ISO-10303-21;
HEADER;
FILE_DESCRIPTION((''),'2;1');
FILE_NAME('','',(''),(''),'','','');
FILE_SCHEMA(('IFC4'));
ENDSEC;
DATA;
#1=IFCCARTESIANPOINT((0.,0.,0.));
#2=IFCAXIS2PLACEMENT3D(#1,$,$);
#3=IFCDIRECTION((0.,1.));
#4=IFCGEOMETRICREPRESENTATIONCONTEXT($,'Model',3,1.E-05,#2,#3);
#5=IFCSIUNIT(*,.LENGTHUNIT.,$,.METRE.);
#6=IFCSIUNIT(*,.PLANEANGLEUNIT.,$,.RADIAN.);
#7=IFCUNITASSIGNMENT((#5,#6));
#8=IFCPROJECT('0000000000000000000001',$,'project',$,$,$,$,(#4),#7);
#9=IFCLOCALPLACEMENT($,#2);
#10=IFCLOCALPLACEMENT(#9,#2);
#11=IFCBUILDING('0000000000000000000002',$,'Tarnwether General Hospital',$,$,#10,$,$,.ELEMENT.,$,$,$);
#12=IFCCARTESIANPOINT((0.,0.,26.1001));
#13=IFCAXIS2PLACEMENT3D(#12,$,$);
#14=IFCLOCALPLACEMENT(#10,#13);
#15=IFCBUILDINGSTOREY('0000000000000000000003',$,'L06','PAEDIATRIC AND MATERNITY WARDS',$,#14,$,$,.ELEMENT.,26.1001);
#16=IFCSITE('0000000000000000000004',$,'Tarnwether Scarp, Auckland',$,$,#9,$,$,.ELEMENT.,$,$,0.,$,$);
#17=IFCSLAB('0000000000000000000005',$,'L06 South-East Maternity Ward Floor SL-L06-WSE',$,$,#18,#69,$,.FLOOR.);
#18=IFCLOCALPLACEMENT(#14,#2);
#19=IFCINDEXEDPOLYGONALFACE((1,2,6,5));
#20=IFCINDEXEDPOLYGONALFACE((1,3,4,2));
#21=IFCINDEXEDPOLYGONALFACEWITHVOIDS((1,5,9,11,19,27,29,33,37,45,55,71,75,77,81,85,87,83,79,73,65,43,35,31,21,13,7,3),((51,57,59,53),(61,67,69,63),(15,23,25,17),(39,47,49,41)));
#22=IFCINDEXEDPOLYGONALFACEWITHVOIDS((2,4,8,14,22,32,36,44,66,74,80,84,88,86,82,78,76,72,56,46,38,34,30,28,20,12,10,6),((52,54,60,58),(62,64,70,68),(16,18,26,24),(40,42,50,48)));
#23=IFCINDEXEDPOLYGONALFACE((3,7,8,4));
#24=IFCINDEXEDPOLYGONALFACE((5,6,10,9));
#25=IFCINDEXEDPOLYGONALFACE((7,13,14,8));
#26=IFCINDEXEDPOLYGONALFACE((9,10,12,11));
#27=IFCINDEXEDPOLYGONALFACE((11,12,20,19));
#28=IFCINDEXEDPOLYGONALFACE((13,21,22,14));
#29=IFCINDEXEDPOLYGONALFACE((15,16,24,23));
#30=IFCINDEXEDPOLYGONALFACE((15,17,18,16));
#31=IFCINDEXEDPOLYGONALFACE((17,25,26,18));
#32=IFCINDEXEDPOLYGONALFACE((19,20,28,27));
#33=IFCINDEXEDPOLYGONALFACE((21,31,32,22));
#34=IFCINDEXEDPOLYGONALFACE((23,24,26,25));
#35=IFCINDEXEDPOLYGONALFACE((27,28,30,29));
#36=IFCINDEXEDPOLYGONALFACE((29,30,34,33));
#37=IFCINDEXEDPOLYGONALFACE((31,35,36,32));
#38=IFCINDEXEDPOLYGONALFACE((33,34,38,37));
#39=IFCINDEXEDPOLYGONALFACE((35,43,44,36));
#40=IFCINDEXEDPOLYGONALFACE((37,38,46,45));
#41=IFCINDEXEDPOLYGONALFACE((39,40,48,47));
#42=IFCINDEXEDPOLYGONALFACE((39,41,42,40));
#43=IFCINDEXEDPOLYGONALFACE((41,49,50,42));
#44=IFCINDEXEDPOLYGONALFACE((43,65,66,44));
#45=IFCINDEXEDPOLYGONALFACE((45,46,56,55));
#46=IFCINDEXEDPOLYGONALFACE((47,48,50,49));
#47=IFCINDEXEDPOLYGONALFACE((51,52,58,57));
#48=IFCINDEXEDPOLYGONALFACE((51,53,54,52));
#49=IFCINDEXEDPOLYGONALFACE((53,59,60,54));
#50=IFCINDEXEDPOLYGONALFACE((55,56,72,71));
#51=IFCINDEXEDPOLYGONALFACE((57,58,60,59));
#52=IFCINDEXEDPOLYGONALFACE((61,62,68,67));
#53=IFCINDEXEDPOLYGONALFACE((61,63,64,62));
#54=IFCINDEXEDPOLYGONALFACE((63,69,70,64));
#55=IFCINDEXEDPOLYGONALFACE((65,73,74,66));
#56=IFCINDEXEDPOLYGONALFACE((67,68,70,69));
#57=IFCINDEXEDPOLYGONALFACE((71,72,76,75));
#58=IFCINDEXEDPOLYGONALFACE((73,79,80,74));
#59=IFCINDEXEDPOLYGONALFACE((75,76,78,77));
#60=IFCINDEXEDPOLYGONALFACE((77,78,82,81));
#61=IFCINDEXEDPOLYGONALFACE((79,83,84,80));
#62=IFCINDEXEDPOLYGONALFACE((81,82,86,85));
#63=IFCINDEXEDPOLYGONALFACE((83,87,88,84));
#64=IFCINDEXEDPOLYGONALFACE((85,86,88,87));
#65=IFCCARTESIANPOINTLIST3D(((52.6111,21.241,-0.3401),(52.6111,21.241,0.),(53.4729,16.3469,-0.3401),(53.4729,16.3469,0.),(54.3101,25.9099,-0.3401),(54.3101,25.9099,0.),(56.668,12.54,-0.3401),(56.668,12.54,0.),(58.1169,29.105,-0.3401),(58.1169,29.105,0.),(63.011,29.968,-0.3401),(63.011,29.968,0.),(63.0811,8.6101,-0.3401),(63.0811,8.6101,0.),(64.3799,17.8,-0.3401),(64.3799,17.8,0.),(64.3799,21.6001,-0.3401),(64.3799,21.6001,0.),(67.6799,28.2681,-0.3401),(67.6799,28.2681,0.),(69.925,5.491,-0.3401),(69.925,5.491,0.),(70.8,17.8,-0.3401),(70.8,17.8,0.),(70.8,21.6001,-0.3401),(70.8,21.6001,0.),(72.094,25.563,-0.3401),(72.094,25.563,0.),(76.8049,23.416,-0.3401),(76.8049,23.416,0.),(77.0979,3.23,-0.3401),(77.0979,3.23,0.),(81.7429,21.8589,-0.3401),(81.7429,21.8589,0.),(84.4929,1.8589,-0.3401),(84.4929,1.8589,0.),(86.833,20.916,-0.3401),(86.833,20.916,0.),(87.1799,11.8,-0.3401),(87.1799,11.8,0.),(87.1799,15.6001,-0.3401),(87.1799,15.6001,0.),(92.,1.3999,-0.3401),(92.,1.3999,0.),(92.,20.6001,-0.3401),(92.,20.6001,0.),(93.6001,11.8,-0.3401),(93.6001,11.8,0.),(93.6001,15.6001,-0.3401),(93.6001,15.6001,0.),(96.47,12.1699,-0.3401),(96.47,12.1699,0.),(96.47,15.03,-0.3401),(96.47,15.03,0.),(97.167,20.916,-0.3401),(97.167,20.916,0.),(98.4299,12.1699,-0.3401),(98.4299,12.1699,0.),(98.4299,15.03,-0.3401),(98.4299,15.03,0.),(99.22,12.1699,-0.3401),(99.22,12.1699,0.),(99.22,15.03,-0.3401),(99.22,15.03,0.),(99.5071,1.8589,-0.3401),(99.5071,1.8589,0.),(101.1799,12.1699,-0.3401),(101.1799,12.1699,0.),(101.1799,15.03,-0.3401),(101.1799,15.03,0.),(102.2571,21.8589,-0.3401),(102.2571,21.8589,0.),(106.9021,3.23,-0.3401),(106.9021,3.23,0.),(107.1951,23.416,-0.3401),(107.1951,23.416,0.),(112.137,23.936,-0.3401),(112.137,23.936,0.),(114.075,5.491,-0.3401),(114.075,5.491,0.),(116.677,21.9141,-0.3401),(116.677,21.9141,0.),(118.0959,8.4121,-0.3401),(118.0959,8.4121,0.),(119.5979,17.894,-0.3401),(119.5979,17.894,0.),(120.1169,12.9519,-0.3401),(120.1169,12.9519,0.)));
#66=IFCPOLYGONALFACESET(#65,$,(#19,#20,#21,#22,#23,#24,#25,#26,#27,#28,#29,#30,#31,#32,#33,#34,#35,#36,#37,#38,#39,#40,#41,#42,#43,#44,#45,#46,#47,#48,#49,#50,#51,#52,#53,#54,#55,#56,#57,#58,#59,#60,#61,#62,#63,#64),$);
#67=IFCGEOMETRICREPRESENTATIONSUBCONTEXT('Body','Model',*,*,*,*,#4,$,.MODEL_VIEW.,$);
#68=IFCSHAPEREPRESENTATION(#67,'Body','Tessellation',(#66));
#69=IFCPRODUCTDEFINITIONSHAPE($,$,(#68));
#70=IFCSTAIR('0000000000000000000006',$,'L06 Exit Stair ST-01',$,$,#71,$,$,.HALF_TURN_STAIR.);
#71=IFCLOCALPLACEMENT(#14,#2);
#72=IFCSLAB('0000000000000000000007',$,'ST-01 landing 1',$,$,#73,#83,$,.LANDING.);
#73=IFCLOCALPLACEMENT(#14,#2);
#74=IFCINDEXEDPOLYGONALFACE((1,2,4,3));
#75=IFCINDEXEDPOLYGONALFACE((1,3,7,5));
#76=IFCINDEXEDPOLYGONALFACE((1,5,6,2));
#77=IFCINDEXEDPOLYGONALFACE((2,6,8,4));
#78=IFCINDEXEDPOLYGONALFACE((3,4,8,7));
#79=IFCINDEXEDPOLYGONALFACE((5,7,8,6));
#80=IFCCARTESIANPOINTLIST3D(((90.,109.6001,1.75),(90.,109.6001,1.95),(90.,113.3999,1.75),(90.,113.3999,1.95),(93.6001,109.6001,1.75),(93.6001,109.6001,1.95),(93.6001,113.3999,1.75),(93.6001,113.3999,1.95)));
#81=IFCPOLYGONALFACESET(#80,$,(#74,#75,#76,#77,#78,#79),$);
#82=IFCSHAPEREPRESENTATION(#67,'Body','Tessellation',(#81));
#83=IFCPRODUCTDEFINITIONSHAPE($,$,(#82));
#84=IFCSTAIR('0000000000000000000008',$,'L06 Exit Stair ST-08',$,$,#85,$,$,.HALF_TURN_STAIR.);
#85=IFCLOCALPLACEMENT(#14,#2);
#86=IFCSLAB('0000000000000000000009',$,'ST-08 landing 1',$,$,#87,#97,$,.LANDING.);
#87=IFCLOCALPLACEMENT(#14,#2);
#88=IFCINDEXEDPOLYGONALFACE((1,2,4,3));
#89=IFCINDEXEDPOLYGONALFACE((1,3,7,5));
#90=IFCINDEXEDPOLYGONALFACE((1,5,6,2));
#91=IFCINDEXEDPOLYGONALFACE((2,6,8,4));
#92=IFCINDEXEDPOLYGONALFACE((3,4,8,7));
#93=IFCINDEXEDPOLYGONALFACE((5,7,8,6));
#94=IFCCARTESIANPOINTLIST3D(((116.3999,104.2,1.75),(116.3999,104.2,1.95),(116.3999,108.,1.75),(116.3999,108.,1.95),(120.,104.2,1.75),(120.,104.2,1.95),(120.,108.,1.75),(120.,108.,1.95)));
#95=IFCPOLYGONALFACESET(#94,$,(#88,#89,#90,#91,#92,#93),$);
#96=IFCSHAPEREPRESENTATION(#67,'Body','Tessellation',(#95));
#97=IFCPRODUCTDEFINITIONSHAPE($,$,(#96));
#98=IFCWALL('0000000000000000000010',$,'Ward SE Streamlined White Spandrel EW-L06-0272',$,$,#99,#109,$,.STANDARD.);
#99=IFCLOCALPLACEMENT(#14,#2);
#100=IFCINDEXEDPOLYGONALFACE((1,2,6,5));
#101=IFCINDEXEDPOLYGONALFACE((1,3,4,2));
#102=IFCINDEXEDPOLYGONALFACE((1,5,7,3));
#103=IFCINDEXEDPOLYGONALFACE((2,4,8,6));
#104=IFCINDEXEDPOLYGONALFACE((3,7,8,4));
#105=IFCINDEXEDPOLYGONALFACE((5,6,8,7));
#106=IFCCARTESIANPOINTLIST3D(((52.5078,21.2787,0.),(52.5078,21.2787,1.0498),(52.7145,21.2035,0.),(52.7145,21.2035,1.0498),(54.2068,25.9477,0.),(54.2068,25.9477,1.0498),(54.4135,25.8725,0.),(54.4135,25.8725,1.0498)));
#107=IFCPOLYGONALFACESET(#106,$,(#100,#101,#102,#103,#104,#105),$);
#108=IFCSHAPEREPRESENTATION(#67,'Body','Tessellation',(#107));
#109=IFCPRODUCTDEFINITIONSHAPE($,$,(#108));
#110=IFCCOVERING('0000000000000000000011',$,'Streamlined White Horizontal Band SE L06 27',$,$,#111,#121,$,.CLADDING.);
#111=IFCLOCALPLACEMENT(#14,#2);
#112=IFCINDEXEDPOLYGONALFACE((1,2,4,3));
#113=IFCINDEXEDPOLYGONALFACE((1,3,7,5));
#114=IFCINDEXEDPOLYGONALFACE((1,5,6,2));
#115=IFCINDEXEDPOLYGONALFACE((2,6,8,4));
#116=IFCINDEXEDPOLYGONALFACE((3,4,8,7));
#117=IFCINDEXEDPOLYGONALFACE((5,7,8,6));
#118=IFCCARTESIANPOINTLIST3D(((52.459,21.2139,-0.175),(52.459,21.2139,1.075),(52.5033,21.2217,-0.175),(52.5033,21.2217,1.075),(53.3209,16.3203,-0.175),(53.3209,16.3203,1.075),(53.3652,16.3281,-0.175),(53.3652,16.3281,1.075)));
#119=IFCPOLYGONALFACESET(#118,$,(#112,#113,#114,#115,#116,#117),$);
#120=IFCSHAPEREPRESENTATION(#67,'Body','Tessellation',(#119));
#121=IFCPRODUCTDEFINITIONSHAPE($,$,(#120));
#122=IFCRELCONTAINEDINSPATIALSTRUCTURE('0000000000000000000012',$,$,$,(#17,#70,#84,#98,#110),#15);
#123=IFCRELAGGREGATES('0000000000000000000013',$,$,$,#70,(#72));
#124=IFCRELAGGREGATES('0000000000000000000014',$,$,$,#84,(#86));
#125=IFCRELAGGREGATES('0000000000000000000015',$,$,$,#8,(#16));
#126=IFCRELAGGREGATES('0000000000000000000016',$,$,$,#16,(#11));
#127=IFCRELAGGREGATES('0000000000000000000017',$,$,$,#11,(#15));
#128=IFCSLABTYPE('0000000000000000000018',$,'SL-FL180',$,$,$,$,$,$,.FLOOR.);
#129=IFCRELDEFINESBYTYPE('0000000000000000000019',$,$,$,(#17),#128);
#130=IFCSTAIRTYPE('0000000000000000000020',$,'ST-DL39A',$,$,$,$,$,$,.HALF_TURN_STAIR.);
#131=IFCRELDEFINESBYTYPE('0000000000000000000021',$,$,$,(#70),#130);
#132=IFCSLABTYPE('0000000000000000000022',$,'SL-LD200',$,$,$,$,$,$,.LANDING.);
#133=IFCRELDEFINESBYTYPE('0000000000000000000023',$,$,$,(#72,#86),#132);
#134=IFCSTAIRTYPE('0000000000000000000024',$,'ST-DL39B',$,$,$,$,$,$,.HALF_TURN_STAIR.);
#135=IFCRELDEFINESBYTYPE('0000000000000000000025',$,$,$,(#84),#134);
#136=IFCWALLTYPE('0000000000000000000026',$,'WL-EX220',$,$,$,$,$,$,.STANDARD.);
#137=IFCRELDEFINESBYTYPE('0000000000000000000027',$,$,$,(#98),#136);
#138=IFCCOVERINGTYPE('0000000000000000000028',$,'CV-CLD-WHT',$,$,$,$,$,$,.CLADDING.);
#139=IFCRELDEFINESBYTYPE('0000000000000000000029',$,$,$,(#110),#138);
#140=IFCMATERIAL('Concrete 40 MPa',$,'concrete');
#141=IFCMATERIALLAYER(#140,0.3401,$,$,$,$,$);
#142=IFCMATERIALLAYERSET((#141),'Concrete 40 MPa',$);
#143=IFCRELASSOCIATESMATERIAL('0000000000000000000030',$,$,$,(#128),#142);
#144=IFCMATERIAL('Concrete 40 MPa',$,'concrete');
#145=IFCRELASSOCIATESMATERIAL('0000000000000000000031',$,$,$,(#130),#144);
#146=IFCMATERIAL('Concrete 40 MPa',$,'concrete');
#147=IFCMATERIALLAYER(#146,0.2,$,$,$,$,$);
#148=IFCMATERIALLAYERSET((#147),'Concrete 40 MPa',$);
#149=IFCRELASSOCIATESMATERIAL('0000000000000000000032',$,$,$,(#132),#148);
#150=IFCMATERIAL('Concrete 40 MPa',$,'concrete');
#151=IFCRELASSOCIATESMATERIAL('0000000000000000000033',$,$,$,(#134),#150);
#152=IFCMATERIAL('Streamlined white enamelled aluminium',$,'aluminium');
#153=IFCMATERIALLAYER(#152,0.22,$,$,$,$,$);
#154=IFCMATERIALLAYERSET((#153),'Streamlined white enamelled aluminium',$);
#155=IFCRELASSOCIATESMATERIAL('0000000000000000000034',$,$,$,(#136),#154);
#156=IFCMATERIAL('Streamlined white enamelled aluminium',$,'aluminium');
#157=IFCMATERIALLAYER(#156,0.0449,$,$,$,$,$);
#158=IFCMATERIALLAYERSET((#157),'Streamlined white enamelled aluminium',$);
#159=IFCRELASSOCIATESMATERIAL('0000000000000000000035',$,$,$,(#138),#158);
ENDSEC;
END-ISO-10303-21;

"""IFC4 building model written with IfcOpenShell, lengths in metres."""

from ifc_helpers import new_model, si_unit, direction, frame, frame_2d, origin, origin_2d, place, context, subcontext, project, spatial, polyline, rectangle, outline, extrude, material, layer, layer_set, type_object, element, aggregate, save


model = new_model("IFC4")

# Units and contexts
model_context = context("Model", 3, precision=1e-05, world=origin(), true_north=direction((0.0, 1.0)))
body_context = subcontext(model_context, "Body", "Model", "MODEL_VIEW")
ifc_project = project(units=[si_unit("LENGTHUNIT", "METRE"), si_unit("PLANEANGLEUNIT", "RADIAN")], contexts=[model_context])

# Site, building, storey
site_placement = place(None, origin())
site = spatial("IfcSite", under=ifc_project, at=site_placement, Name="Tarnwether Scarp, Auckland", CompositionType="ELEMENT", RefElevation=0.0)
building_placement = place(site_placement, origin())
building = spatial("IfcBuilding", under=site, at=building_placement, Name="Tarnwether General Hospital", CompositionType="ELEMENT")
storey_placement = place(building_placement, frame((0.0, 0.0, 26.1001)))
storey = spatial("IfcBuildingStorey", under=building, at=storey_placement, Name="L06", Description="PAEDIATRIC AND MATERNITY WARDS", CompositionType="ELEMENT", Elevation=26.1001)

# Slab
ifc_material_1 = material(Name="Concrete 40 MPa", Category="concrete")
ifc_layer_1 = layer(ifc_material_1, 0.3401)
ifc_layer_set_1 = layer_set([ifc_layer_1], Name="Concrete 40 MPa")
slab_type_1 = type_object("IfcSlabType", Name="SL-FL180", PredefinedType="FLOOR", material=ifc_layer_set_1)
slab_1_placement = place(storey_placement, frame((0.0, 0.0, -0.3401)))
element("IfcSlab", 1, at=slab_1_placement, inside=storey, type_object=slab_type_1, Name="L06 South-East Maternity Ward Floor SL-L06-WSE", PredefinedType="FLOOR", context=body_context, shape_type="SweptSolid", body=[
    extrude(outline(polyline([(53.4729, 16.3469), (52.6111, 21.241), (54.3101, 25.9099), (58.1169, 29.105), (63.011, 29.968), (67.6799, 28.2681), (72.094, 25.563), (76.8049, 23.416), (81.7429, 21.8589), (86.833, 20.916), (92.0, 20.6001), (97.167, 20.916), (102.2571, 21.8589), (107.1951, 23.416), (112.137, 23.936), (116.677, 21.9141), (119.5979, 17.894), (120.1169, 12.9519), (118.0959, 8.4121), (114.075, 5.491), (106.9021, 3.23), (99.5071, 1.8589), (92.0, 1.3999), (84.4929, 1.8589), (77.0979, 3.23), (69.925, 5.491), (63.0811, 8.6101), (56.668, 12.54), (53.4729, 16.3469)]), holes=[polyline([(96.47, 15.03), (96.47, 12.1699), (98.4299, 12.1699), (98.4299, 15.03), (96.47, 15.03)]), polyline([(99.22, 15.03), (99.22, 12.1699), (101.1799, 12.1699), (101.1799, 15.03), (99.22, 15.03)]), polyline([(87.1799, 15.6001), (87.1799, 11.8), (93.6001, 11.8), (93.6001, 15.6001), (87.1799, 15.6001)]), polyline([(64.3799, 21.6001), (64.3799, 17.8), (70.8, 17.8), (70.8, 21.6001), (64.3799, 21.6001)])]), origin(), (0.0, 0.0, 1.0), 0.3401),
])

# Stairs, slabs
ifc_material_2 = material(Name="Concrete 40 MPa", Category="concrete")
stair_type_1 = type_object("IfcStairType", Name="ST-DL39A", PredefinedType="HALF_TURN_STAIR", material=ifc_material_2)
stair_1_placement = place(storey_placement, origin())
stair_1 = element("IfcStair", 2, at=stair_1_placement, inside=storey, type_object=stair_type_1, Name="L06 Exit Stair ST-01", PredefinedType="HALF_TURN_STAIR")
ifc_material_3 = material(Name="Concrete 40 MPa", Category="concrete")
ifc_layer_2 = layer(ifc_material_3, 0.2)
ifc_layer_set_2 = layer_set([ifc_layer_2], Name="Concrete 40 MPa")
slab_type_2 = type_object("IfcSlabType", Name="SL-LD200", PredefinedType="LANDING", material=ifc_layer_set_2)
slab_2_placement = place(storey_placement, frame((0.0, 0.0, 1.75)))
slab_2 = element("IfcSlab", 3, at=slab_2_placement, type_object=slab_type_2, Name="ST-01 landing 1", PredefinedType="LANDING", context=body_context, shape_type="SweptSolid", body=[
    extrude(outline(polyline([(90.0, 109.6001), (93.6001, 109.6001), (93.6001, 113.3999), (90.0, 113.3999), (90.0, 109.6001)])), origin(), (0.0, 0.0, 1.0), 0.2),
])
aggregate(stair_1, [slab_2])
ifc_material_4 = material(Name="Concrete 40 MPa", Category="concrete")
stair_type_2 = type_object("IfcStairType", Name="ST-DL39B", PredefinedType="HALF_TURN_STAIR", material=ifc_material_4)
stair_2_placement = place(storey_placement, origin())
stair_2 = element("IfcStair", 4, at=stair_2_placement, inside=storey, type_object=stair_type_2, Name="L06 Exit Stair ST-08", PredefinedType="HALF_TURN_STAIR")
slab_3_placement = place(storey_placement, frame((0.0, 0.0, 1.75)))
slab_3 = element("IfcSlab", 5, at=slab_3_placement, type_object=slab_type_2, Name="ST-08 landing 1", PredefinedType="LANDING", context=body_context, shape_type="SweptSolid", body=[
    extrude(outline(polyline([(116.3999, 104.2), (120.0, 104.2), (120.0, 108.0), (116.3999, 108.0), (116.3999, 104.2)])), origin(), (0.0, 0.0, 1.0), 0.2),
])
aggregate(stair_2, [slab_3])

# Wall
ifc_material_5 = material(Name="Streamlined white enamelled aluminium", Category="aluminium")
ifc_layer_3 = layer(ifc_material_5, 0.22)
ifc_layer_set_3 = layer_set([ifc_layer_3], Name="Streamlined white enamelled aluminium")
wall_type = type_object("IfcWallType", Name="WL-EX220", PredefinedType="STANDARD", material=ifc_layer_set_3)
wall_placement = place(storey_placement, frame((52.6111, 21.241, 0.0), z_axis=(0.0, 0.0, 1.0), x_axis=(0.341952, 0.939717, 0.0)))
element("IfcWall", 6, at=wall_placement, inside=storey, type_object=wall_type, Name="Ward SE Streamlined White Spandrel EW-L06-0272", PredefinedType="STANDARD", context=body_context, shape_type="SweptSolid", body=[
    extrude(rectangle(XDim=4.9685, YDim=0.22, at=frame_2d((2.4844, 0.0))), origin(), (0.0, 0.0, 1.0), 1.0498),
])

# Covering
ifc_material_6 = material(Name="Streamlined white enamelled aluminium", Category="aluminium")
ifc_layer_4 = layer(ifc_material_6, 0.0449)
ifc_layer_set_4 = layer_set([ifc_layer_4], Name="Streamlined white enamelled aluminium")
covering_type = type_object("IfcCoveringType", Name="CV-CLD-WHT", PredefinedType="CLADDING", material=ifc_layer_set_4)
covering_placement = place(storey_placement, frame((52.9121, 18.771, -0.175), z_axis=(0.0, 0.0, 1.0), x_axis=(-0.173459, 0.984841, 0.0)))
element("IfcCovering", 7, at=covering_placement, inside=storey, type_object=covering_type, Name="Streamlined White Horizontal Band SE L06 27", PredefinedType="CLADDING", context=body_context, shape_type="SweptSolid", body=[
    extrude(rectangle(XDim=4.969, YDim=0.0449, at=origin_2d()), origin(), (0.0, 0.0, 1.0), 1.25),
])

save(model, "model.ifc")
